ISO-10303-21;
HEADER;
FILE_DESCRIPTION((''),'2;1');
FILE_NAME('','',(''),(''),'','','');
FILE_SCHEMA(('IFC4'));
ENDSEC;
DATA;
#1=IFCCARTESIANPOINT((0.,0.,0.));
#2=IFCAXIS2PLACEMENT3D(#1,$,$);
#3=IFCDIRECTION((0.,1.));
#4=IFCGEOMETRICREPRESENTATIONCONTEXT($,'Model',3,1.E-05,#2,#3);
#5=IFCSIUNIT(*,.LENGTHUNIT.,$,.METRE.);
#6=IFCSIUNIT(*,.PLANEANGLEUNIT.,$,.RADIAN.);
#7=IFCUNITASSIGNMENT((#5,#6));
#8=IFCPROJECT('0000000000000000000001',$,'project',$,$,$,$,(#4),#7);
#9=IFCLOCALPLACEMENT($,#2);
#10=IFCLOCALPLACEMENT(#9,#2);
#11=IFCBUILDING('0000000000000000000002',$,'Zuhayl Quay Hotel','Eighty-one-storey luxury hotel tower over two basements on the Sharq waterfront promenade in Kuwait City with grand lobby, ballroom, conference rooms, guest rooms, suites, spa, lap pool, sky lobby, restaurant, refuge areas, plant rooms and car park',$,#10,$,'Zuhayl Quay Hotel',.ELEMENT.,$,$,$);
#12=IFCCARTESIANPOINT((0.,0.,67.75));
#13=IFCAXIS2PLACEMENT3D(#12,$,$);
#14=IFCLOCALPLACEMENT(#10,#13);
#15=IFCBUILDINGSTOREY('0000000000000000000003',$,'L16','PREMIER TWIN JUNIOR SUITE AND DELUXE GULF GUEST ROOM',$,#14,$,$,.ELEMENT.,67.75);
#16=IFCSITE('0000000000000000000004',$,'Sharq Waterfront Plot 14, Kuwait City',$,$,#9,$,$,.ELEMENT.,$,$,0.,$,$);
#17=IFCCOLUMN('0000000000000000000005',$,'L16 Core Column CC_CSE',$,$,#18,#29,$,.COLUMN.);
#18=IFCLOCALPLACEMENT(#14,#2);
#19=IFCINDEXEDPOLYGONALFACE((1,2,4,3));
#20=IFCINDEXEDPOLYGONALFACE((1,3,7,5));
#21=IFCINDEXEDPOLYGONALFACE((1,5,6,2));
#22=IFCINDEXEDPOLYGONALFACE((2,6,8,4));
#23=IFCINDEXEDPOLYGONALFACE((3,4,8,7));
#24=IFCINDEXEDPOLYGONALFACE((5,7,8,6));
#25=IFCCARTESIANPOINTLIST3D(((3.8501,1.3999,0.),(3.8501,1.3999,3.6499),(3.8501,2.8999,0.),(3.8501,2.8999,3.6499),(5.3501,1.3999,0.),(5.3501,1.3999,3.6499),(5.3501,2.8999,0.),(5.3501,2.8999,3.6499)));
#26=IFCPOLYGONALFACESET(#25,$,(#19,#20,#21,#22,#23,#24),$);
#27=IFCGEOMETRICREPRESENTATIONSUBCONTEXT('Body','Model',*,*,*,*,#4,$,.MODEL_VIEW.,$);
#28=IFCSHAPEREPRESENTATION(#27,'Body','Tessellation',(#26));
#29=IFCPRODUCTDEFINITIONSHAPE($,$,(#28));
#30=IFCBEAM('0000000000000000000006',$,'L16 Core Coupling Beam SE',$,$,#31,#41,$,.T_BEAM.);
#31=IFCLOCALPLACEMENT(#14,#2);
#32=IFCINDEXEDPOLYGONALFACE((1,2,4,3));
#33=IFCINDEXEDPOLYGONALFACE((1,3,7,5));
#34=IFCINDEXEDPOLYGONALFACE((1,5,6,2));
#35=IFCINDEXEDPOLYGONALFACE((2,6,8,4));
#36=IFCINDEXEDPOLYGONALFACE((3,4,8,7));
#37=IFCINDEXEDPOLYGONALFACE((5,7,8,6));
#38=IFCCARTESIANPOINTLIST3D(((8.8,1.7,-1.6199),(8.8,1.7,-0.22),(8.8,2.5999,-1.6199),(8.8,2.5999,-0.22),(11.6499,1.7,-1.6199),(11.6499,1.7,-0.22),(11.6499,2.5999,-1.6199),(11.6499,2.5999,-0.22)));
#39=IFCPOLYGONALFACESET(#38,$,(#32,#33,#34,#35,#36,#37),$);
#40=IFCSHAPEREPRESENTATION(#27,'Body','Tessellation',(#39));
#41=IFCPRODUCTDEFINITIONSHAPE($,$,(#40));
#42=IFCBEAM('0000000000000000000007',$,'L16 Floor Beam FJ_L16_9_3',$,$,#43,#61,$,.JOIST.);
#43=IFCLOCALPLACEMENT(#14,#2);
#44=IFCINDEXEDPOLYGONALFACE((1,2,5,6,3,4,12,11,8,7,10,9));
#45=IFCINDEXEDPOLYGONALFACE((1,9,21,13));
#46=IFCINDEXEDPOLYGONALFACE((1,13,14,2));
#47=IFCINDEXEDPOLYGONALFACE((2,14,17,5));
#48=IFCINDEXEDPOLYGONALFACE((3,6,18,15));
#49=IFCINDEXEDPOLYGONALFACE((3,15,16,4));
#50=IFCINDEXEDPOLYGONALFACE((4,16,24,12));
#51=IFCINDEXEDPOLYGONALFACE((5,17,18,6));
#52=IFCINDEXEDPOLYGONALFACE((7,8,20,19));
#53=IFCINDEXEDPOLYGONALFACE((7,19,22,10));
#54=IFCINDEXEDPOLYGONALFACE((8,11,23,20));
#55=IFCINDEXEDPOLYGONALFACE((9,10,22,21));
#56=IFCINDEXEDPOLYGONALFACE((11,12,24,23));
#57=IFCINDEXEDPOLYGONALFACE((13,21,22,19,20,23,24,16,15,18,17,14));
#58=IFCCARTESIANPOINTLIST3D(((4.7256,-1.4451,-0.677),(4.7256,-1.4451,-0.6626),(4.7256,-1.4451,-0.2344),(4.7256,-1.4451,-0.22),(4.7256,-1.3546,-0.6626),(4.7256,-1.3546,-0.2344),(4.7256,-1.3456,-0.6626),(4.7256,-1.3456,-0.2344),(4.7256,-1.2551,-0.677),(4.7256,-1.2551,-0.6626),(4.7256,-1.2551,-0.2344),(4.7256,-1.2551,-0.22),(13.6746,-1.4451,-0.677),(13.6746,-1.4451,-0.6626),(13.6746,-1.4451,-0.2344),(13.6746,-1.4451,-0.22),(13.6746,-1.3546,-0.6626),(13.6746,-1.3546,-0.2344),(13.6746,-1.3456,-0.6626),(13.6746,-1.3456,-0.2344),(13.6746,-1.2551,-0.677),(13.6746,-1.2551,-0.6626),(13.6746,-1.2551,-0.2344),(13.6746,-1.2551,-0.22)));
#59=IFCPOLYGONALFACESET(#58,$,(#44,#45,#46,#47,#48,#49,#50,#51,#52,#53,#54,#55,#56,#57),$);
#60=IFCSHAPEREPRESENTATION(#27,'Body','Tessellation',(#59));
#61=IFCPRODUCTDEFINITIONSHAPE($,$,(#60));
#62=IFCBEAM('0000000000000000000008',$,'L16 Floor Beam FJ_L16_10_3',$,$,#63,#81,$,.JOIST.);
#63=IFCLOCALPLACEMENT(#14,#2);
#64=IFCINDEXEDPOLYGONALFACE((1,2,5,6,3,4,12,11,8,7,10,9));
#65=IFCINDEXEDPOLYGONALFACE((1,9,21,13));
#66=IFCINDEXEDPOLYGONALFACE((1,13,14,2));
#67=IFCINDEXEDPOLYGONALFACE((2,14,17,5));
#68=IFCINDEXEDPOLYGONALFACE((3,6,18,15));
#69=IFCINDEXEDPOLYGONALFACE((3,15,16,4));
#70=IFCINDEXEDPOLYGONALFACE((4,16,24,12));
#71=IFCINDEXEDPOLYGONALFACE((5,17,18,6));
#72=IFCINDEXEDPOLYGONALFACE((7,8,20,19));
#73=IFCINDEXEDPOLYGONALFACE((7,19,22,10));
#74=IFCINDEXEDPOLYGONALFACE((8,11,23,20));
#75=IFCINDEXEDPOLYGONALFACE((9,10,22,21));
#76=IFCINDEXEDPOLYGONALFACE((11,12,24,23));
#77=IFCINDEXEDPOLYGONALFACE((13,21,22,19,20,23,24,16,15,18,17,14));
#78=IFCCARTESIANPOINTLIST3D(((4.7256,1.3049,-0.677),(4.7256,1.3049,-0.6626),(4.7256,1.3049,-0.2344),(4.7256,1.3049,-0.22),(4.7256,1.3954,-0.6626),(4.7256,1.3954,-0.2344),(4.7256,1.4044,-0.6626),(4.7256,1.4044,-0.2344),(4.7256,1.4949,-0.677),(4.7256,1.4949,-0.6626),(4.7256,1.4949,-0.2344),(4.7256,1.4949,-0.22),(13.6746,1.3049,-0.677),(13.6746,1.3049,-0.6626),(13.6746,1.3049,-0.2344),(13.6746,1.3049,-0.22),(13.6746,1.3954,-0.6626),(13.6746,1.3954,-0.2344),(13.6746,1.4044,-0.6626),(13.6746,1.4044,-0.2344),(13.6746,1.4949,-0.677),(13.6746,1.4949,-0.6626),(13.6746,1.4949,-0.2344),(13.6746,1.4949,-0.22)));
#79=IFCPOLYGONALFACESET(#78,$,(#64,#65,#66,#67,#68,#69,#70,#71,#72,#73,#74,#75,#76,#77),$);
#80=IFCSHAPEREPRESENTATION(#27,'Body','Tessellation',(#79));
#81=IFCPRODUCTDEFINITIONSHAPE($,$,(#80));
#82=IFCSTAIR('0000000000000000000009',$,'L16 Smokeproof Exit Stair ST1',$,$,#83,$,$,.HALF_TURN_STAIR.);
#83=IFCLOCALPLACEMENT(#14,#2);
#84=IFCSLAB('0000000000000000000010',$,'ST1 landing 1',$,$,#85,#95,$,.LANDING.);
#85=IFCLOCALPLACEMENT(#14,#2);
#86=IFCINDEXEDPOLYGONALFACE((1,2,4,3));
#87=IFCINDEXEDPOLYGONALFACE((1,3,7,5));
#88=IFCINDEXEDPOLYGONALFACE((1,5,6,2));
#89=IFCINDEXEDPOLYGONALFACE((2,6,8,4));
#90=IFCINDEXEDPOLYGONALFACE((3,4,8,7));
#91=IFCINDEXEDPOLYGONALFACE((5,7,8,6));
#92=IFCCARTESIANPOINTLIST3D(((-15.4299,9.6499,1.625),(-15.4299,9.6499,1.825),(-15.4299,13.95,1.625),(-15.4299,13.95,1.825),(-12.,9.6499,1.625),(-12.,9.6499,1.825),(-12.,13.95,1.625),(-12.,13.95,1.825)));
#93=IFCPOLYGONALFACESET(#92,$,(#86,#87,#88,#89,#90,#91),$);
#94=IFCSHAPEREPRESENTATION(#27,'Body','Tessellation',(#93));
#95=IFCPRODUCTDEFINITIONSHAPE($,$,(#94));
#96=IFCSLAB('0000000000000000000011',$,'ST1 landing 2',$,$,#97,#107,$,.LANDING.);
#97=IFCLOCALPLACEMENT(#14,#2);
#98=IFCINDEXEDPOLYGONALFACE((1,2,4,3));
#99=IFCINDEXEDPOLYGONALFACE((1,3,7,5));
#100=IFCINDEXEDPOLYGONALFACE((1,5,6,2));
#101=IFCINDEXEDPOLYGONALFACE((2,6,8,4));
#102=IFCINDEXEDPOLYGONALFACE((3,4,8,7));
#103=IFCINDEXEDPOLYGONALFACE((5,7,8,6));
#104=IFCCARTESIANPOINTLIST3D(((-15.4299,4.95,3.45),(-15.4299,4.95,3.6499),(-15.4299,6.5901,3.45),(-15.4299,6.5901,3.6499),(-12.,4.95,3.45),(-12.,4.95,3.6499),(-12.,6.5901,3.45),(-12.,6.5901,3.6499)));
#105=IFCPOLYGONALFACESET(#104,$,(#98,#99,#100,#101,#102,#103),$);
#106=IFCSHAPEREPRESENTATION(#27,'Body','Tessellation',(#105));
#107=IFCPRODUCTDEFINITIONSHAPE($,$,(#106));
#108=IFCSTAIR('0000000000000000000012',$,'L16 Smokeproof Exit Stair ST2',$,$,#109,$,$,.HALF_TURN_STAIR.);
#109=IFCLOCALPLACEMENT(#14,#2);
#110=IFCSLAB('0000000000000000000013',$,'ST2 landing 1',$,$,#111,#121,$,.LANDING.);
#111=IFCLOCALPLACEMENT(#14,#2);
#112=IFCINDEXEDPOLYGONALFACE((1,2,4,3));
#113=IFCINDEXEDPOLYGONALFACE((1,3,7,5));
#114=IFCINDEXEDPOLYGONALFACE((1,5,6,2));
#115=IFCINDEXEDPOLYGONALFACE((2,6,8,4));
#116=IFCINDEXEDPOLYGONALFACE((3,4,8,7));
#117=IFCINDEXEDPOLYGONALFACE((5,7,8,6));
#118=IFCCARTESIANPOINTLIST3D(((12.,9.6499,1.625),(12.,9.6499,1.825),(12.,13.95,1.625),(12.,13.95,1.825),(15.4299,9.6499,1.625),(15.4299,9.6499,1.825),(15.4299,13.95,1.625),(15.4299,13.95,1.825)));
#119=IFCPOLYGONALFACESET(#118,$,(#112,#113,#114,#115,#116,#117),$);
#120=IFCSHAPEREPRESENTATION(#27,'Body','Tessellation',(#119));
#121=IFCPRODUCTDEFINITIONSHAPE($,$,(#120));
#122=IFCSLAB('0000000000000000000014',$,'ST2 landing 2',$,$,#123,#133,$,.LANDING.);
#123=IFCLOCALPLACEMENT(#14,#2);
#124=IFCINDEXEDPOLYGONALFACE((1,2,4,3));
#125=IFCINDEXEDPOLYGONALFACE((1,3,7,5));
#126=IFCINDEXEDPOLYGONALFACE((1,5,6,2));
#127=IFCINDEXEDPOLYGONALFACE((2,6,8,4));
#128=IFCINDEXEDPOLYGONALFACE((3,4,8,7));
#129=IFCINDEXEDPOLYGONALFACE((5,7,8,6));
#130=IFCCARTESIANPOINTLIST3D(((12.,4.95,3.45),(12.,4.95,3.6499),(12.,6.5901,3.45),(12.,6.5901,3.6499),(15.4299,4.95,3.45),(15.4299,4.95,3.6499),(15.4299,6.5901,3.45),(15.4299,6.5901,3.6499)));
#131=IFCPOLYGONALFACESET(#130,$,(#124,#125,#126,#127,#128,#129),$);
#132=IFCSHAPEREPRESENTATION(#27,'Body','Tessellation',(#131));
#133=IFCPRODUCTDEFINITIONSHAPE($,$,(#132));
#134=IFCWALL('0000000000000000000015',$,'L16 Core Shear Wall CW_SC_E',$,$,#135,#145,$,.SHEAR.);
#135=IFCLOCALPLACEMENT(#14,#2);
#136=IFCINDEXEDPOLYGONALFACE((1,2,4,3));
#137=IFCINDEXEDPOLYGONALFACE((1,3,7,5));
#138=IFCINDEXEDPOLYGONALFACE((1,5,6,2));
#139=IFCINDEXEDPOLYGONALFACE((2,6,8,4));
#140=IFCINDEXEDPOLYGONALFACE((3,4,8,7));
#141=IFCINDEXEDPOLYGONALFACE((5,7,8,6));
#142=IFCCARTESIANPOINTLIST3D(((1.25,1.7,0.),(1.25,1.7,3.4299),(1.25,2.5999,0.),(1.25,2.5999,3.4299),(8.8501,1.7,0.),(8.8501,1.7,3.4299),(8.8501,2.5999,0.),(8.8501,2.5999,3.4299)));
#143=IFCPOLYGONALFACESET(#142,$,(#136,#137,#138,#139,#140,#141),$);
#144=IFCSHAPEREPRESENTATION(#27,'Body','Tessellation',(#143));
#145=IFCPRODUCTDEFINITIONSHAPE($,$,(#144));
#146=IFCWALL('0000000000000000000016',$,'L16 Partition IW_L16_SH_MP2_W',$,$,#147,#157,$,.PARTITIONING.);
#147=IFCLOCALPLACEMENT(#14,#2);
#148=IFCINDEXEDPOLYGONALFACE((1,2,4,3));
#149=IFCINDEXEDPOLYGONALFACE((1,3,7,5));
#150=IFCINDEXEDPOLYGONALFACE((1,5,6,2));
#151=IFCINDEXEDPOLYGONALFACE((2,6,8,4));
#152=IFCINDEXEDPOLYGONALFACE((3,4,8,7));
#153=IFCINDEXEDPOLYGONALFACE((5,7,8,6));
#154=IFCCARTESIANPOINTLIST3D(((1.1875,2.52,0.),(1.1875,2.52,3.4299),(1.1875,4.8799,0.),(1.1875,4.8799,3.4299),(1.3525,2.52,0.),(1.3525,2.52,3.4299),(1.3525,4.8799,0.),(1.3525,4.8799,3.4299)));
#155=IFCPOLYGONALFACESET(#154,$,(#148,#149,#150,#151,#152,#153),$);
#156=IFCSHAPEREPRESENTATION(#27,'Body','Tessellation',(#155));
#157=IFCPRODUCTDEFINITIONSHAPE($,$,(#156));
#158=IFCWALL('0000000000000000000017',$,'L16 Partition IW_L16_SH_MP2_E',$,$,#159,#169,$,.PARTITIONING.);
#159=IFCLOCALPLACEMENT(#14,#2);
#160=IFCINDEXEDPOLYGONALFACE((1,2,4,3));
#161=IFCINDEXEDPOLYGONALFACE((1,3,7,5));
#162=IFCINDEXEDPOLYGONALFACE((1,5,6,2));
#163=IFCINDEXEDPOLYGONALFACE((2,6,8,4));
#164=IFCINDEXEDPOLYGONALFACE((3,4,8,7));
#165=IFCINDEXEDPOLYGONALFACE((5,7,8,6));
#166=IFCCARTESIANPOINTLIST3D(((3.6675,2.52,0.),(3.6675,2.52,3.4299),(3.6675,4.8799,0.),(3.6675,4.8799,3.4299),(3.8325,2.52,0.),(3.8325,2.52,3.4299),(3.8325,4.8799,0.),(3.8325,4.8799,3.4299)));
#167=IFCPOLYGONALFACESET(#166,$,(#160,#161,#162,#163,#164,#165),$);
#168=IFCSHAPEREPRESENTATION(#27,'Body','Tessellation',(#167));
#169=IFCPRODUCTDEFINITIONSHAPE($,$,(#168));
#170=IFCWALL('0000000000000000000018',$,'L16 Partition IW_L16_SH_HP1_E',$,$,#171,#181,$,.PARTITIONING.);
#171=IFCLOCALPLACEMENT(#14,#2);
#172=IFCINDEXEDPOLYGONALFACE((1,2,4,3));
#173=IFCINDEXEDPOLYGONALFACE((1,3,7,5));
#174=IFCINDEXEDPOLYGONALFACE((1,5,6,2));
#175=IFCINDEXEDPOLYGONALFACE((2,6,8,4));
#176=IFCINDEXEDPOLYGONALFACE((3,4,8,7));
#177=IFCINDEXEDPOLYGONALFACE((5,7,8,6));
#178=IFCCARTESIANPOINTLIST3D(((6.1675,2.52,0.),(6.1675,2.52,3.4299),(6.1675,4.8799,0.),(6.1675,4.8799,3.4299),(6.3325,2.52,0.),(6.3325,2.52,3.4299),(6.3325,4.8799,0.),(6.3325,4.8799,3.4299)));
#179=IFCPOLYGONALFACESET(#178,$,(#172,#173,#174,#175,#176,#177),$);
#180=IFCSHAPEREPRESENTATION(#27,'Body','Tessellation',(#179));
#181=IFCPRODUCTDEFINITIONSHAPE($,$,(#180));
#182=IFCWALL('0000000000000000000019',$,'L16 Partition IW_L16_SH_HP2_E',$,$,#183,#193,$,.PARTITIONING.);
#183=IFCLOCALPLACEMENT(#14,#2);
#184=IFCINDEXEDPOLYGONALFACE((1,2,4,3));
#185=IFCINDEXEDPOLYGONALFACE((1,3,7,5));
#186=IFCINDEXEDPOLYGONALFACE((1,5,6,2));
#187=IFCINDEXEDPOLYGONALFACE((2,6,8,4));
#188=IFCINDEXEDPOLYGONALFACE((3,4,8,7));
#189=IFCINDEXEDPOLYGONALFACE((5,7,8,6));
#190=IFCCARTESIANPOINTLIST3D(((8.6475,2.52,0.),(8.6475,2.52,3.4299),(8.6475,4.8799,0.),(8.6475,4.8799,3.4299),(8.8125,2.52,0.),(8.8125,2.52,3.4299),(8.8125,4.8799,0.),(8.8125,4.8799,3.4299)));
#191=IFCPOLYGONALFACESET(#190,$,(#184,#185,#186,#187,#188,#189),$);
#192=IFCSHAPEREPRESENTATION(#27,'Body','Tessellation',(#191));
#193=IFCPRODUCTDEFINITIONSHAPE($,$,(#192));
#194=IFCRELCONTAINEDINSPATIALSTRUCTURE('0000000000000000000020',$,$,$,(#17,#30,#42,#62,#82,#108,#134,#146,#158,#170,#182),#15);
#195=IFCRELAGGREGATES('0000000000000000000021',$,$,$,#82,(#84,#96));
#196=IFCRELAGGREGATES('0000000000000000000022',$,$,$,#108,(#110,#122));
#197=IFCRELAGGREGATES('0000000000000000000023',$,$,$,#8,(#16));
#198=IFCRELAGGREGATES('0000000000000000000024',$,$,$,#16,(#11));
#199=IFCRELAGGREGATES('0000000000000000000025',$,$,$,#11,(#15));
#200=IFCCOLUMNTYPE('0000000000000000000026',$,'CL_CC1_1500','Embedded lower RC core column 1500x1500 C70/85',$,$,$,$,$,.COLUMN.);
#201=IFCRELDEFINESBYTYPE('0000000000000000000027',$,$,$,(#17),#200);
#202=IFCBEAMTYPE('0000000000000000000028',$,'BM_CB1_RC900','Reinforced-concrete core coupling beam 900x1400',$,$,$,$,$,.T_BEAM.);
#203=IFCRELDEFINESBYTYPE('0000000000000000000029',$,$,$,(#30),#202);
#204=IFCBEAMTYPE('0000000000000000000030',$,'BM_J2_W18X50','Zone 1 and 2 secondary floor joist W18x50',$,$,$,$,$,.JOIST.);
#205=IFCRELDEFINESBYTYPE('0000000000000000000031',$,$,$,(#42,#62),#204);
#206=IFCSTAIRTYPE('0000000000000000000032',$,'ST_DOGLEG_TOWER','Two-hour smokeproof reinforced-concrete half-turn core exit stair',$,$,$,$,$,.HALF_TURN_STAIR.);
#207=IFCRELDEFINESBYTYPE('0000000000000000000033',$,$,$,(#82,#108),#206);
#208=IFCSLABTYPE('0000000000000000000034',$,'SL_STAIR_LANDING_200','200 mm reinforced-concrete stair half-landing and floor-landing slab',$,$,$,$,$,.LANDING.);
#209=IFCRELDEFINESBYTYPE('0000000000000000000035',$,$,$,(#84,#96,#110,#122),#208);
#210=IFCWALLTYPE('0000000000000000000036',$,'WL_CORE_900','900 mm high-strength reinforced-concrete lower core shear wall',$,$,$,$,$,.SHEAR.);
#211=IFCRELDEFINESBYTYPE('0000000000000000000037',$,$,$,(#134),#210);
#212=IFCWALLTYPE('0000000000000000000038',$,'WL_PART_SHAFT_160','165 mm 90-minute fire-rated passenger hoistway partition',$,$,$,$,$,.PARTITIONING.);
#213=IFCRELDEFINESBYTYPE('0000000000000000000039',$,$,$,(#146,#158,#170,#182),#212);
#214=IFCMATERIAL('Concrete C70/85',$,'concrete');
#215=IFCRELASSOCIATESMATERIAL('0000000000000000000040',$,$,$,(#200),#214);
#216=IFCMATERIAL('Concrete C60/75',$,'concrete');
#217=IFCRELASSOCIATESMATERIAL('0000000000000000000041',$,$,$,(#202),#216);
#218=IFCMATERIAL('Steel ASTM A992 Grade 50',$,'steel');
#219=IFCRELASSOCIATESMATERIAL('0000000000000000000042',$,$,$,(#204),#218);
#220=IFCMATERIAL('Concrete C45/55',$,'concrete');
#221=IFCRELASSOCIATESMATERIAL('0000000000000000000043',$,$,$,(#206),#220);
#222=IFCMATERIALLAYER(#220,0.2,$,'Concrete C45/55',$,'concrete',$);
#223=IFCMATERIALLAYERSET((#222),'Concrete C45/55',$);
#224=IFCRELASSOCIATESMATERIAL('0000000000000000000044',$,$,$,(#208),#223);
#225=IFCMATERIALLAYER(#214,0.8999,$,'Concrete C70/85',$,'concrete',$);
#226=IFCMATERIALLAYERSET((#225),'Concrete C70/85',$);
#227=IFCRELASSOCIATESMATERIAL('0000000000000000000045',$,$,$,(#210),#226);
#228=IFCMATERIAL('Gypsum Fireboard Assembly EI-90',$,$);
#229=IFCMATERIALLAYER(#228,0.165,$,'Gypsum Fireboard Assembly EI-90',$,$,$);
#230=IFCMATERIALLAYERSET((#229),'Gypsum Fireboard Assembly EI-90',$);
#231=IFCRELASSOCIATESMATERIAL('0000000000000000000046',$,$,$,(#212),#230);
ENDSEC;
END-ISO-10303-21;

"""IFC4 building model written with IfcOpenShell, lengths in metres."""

from ifc_helpers import new_model, si_unit, direction, frame, frame_2d, origin, origin_2d, place, context, subcontext, project, spatial, polyline, rectangle, i_section, outline, extrude, material, layer, layer_set, material_profile, profile_set, type_object, element, aggregate, save


model = new_model("IFC4")

# Units and contexts
model_context = context("Model", 3, precision=1e-05, world=origin(), true_north=direction((0.0, 1.0)))
body_context = subcontext(model_context, "Body", "Model", "MODEL_VIEW")
ifc_project = project(units=[si_unit("LENGTHUNIT", "METRE"), si_unit("PLANEANGLEUNIT", "RADIAN")], contexts=[model_context])

# Site, building, storey
site_placement = place(None, origin())
site = spatial("IfcSite", under=ifc_project, at=site_placement, Name="Sharq Waterfront Plot 14, Kuwait City", CompositionType="ELEMENT", RefElevation=0.0)
building_placement = place(site_placement, origin())
building = spatial("IfcBuilding", under=site, at=building_placement, Name="Zuhayl Quay Hotel", Description="Eighty-one-storey luxury hotel tower over two basements on the Sharq waterfront promenade in Kuwait City with grand lobby, ballroom, conference rooms, guest rooms, suites, spa, lap pool, sky lobby, restaurant, refuge areas, plant rooms and car park", LongName="Zuhayl Quay Hotel", CompositionType="ELEMENT")
storey_placement = place(building_placement, frame((0.0, 0.0, 67.75)))
storey = spatial("IfcBuildingStorey", under=building, at=storey_placement, Name="L16", Description="PREMIER TWIN JUNIOR SUITE AND DELUXE GULF GUEST ROOM", CompositionType="ELEMENT", Elevation=67.75)

# Column
ifc_material_1 = material(Name="Concrete C70/85", Category="concrete")
ifc_material_profile_1 = material_profile(ifc_material_1, rectangle(XDim=1.5, YDim=1.5, at=origin_2d()), Name="RC1500X1500")
ifc_profile_set_1 = profile_set([ifc_material_profile_1], Name="Concrete C70/85")
column_type = type_object("IfcColumnType", Name="CL_CC1_1500", Description="Embedded lower RC core column 1500x1500 C70/85", PredefinedType="COLUMN", material=ifc_profile_set_1)
column_placement = place(storey_placement, frame((4.6001, 2.1499, 0.0), z_axis=(0.0, 0.0, 1.0), x_axis=(1.0, 0.0, 0.0)))
element("IfcColumn", 1, at=column_placement, inside=storey, type_object=column_type, Name="L16 Core Column CC_CSE", PredefinedType="COLUMN", context=body_context, shape_type="SweptSolid", body=[
    extrude(rectangle(XDim=1.5, YDim=1.5, at=origin_2d()), origin(), (0.0, 0.0, 1.0), 3.6499),
])

# Beams
ifc_material_2 = material(Name="Concrete C60/75", Category="concrete")
ifc_material_profile_2 = material_profile(ifc_material_2, rectangle(XDim=0.8999, YDim=1.3999, at=origin_2d()), Name="RC900X1400")
ifc_profile_set_2 = profile_set([ifc_material_profile_2], Name="Concrete C60/75")
beam_type_1 = type_object("IfcBeamType", Name="BM_CB1_RC900", Description="Reinforced-concrete core coupling beam 900x1400", PredefinedType="T_BEAM", material=ifc_profile_set_2)
beam_placement = place(storey_placement, frame((8.8, 2.1499, -0.9199), z_axis=(1.0, 0.0, 0.0), x_axis=(0.0, 1.0, 0.0)))
element("IfcBeam", 2, at=beam_placement, inside=storey, type_object=beam_type_1, Name="L16 Core Coupling Beam SE", PredefinedType="T_BEAM", context=body_context, shape_type="SweptSolid", body=[
    extrude(rectangle(XDim=0.8999, YDim=1.3999, at=origin_2d()), origin(), (0.0, 0.0, 1.0), 2.8499),
])
ifc_material_3 = material(Name="Steel ASTM A992 Grade 50", Category="steel")
ifc_material_profile_3 = material_profile(ifc_material_3, i_section(OverallWidth=0.1899, OverallDepth=0.457, WebThickness=0.009, FlangeThickness=0.0144, at=origin_2d()), Name="W18X50")
ifc_profile_set_3 = profile_set([ifc_material_profile_3], Name="Steel ASTM A992 Grade 50")
beam_type_2 = type_object("IfcBeamType", Name="BM_J2_W18X50", Description="Zone 1 and 2 secondary floor joist W18x50", PredefinedType="JOIST", material=ifc_profile_set_3)
for number, where, z_axis, x_axis, name in (
    (3, (4.7256, -1.3501, -0.4485), (1.0, 0.0, 0.0), (0.0, 1.0, 0.0), "L16 Floor Beam FJ_L16_9_3"),
    (4, (4.7256, 1.3999, -0.4485), (1.0, 0.0, 0.0), (0.0, 1.0, 0.0), "L16 Floor Beam FJ_L16_10_3"),
):
    element("IfcBeam", number, at=place(storey_placement, frame(where, z_axis=z_axis, x_axis=x_axis)), inside=storey, type_object=beam_type_2, Name=name, PredefinedType="JOIST", context=body_context, shape_type="SweptSolid", body=[
        extrude(i_section(OverallWidth=0.1899, OverallDepth=0.457, WebThickness=0.009, FlangeThickness=0.0144, at=origin_2d()), origin(), (0.0, 0.0, 1.0), 8.949),
    ])

# Stairs, slabs
ifc_material_4 = material(Name="Concrete C45/55", Category="concrete")
stair_type = type_object("IfcStairType", Name="ST_DOGLEG_TOWER", Description="Two-hour smokeproof reinforced-concrete half-turn core exit stair", PredefinedType="HALF_TURN_STAIR", material=ifc_material_4)
stair_1_placement = place(storey_placement, origin())
stair_1 = element("IfcStair", 5, at=stair_1_placement, inside=storey, type_object=stair_type, Name="L16 Smokeproof Exit Stair ST1", PredefinedType="HALF_TURN_STAIR")
ifc_layer_1 = layer(ifc_material_4, 0.2, Name="Concrete C45/55", Category="concrete")
ifc_layer_set_1 = layer_set([ifc_layer_1], Name="Concrete C45/55")
slab_type = type_object("IfcSlabType", Name="SL_STAIR_LANDING_200", Description="200 mm reinforced-concrete stair half-landing and floor-landing slab", PredefinedType="LANDING", material=ifc_layer_set_1)
slab_1_placement = place(storey_placement, frame((0.0, 0.0, 1.625)))
slab_1 = element("IfcSlab", 6, at=slab_1_placement, type_object=slab_type, Name="ST1 landing 1", PredefinedType="LANDING", context=body_context, shape_type="SweptSolid", body=[
    extrude(outline(polyline([(-12.0, 9.6499), (-12.0, 13.95), (-15.4299, 13.95), (-15.4299, 9.6499), (-12.0, 9.6499)])), origin(), (0.0, 0.0, 1.0), 0.2),
])
slab_2_placement = place(storey_placement, frame((0.0, 0.0, 3.45)))
slab_2 = element("IfcSlab", 7, at=slab_2_placement, type_object=slab_type, Name="ST1 landing 2", PredefinedType="LANDING", context=body_context, shape_type="SweptSolid", body=[
    extrude(outline(polyline([(-12.0, 4.95), (-12.0, 6.5901), (-15.4299, 6.5901), (-15.4299, 4.95), (-12.0, 4.95)])), origin(), (0.0, 0.0, 1.0), 0.2),
])
aggregate(stair_1, [slab_1, slab_2])
stair_2_placement = place(storey_placement, origin())
stair_2 = element("IfcStair", 8, at=stair_2_placement, inside=storey, type_object=stair_type, Name="L16 Smokeproof Exit Stair ST2", PredefinedType="HALF_TURN_STAIR")
slab_3_placement = place(storey_placement, frame((0.0, 0.0, 1.625)))
slab_3 = element("IfcSlab", 9, at=slab_3_placement, type_object=slab_type, Name="ST2 landing 1", PredefinedType="LANDING", context=body_context, shape_type="SweptSolid", body=[
    extrude(outline(polyline([(15.4299, 9.6499), (15.4299, 13.95), (12.0, 13.95), (12.0, 9.6499), (15.4299, 9.6499)])), origin(), (0.0, 0.0, 1.0), 0.2),
])
slab_4_placement = place(storey_placement, frame((0.0, 0.0, 3.45)))
slab_4 = element("IfcSlab", 10, at=slab_4_placement, type_object=slab_type, Name="ST2 landing 2", PredefinedType="LANDING", context=body_context, shape_type="SweptSolid", body=[
    extrude(outline(polyline([(15.4299, 4.95), (15.4299, 6.5901), (12.0, 6.5901), (12.0, 4.95), (15.4299, 4.95)])), origin(), (0.0, 0.0, 1.0), 0.2),
])
aggregate(stair_2, [slab_3, slab_4])

# Wall
ifc_layer_2 = layer(ifc_material_1, 0.8999, Name="Concrete C70/85", Category="concrete")
ifc_layer_set_2 = layer_set([ifc_layer_2], Name="Concrete C70/85")
wall_type_1 = type_object("IfcWallType", Name="WL_CORE_900", Description="900 mm high-strength reinforced-concrete lower core shear wall", PredefinedType="SHEAR", material=ifc_layer_set_2)
wall_1_placement = place(storey_placement, frame((1.25, 2.1499, 0.0), z_axis=(0.0, 0.0, 1.0), x_axis=(1.0, 0.0, 0.0)))
element("IfcWall", 11, at=wall_1_placement, inside=storey, type_object=wall_type_1, Name="L16 Core Shear Wall CW_SC_E", PredefinedType="SHEAR", context=body_context, shape_type="SweptSolid", body=[
    extrude(rectangle(XDim=7.6001, YDim=0.8999, at=frame_2d((3.8, 0.0))), origin(), (0.0, 0.0, 1.0), 3.4299),
])

# Walls
ifc_material_5 = material(Name="Gypsum Fireboard Assembly EI-90")
ifc_layer_3 = layer(ifc_material_5, 0.165, Name="Gypsum Fireboard Assembly EI-90")
ifc_layer_set_3 = layer_set([ifc_layer_3], Name="Gypsum Fireboard Assembly EI-90")
wall_type_2 = type_object("IfcWallType", Name="WL_PART_SHAFT_160", Description="165 mm 90-minute fire-rated passenger hoistway partition", PredefinedType="PARTITIONING", material=ifc_layer_set_3)
for number, where, z_axis, x_axis, name in (
    (12, (1.27, 2.52, 0.0), (0.0, 0.0, 1.0), (0.0, 1.0, 0.0), "L16 Partition IW_L16_SH_MP2_W"),
    (13, (3.75, 2.52, 0.0), (0.0, 0.0, 1.0), (0.0, 1.0, 0.0), "L16 Partition IW_L16_SH_MP2_E"),
    (14, (6.25, 2.52, 0.0), (0.0, 0.0, 1.0), (0.0, 1.0, 0.0), "L16 Partition IW_L16_SH_HP1_E"),
    (15, (8.73, 2.52, 0.0), (0.0, 0.0, 1.0), (0.0, 1.0, 0.0), "L16 Partition IW_L16_SH_HP2_E"),
):
    element("IfcWall", number, at=place(storey_placement, frame(where, z_axis=z_axis, x_axis=x_axis)), inside=storey, type_object=wall_type_2, Name=name, PredefinedType="PARTITIONING", context=body_context, shape_type="SweptSolid", body=[
        extrude(rectangle(XDim=2.3599, YDim=0.165, at=frame_2d((1.1799, 0.0))), origin(), (0.0, 0.0, 1.0), 3.4299),
    ])

save(model, "model.ifc")
